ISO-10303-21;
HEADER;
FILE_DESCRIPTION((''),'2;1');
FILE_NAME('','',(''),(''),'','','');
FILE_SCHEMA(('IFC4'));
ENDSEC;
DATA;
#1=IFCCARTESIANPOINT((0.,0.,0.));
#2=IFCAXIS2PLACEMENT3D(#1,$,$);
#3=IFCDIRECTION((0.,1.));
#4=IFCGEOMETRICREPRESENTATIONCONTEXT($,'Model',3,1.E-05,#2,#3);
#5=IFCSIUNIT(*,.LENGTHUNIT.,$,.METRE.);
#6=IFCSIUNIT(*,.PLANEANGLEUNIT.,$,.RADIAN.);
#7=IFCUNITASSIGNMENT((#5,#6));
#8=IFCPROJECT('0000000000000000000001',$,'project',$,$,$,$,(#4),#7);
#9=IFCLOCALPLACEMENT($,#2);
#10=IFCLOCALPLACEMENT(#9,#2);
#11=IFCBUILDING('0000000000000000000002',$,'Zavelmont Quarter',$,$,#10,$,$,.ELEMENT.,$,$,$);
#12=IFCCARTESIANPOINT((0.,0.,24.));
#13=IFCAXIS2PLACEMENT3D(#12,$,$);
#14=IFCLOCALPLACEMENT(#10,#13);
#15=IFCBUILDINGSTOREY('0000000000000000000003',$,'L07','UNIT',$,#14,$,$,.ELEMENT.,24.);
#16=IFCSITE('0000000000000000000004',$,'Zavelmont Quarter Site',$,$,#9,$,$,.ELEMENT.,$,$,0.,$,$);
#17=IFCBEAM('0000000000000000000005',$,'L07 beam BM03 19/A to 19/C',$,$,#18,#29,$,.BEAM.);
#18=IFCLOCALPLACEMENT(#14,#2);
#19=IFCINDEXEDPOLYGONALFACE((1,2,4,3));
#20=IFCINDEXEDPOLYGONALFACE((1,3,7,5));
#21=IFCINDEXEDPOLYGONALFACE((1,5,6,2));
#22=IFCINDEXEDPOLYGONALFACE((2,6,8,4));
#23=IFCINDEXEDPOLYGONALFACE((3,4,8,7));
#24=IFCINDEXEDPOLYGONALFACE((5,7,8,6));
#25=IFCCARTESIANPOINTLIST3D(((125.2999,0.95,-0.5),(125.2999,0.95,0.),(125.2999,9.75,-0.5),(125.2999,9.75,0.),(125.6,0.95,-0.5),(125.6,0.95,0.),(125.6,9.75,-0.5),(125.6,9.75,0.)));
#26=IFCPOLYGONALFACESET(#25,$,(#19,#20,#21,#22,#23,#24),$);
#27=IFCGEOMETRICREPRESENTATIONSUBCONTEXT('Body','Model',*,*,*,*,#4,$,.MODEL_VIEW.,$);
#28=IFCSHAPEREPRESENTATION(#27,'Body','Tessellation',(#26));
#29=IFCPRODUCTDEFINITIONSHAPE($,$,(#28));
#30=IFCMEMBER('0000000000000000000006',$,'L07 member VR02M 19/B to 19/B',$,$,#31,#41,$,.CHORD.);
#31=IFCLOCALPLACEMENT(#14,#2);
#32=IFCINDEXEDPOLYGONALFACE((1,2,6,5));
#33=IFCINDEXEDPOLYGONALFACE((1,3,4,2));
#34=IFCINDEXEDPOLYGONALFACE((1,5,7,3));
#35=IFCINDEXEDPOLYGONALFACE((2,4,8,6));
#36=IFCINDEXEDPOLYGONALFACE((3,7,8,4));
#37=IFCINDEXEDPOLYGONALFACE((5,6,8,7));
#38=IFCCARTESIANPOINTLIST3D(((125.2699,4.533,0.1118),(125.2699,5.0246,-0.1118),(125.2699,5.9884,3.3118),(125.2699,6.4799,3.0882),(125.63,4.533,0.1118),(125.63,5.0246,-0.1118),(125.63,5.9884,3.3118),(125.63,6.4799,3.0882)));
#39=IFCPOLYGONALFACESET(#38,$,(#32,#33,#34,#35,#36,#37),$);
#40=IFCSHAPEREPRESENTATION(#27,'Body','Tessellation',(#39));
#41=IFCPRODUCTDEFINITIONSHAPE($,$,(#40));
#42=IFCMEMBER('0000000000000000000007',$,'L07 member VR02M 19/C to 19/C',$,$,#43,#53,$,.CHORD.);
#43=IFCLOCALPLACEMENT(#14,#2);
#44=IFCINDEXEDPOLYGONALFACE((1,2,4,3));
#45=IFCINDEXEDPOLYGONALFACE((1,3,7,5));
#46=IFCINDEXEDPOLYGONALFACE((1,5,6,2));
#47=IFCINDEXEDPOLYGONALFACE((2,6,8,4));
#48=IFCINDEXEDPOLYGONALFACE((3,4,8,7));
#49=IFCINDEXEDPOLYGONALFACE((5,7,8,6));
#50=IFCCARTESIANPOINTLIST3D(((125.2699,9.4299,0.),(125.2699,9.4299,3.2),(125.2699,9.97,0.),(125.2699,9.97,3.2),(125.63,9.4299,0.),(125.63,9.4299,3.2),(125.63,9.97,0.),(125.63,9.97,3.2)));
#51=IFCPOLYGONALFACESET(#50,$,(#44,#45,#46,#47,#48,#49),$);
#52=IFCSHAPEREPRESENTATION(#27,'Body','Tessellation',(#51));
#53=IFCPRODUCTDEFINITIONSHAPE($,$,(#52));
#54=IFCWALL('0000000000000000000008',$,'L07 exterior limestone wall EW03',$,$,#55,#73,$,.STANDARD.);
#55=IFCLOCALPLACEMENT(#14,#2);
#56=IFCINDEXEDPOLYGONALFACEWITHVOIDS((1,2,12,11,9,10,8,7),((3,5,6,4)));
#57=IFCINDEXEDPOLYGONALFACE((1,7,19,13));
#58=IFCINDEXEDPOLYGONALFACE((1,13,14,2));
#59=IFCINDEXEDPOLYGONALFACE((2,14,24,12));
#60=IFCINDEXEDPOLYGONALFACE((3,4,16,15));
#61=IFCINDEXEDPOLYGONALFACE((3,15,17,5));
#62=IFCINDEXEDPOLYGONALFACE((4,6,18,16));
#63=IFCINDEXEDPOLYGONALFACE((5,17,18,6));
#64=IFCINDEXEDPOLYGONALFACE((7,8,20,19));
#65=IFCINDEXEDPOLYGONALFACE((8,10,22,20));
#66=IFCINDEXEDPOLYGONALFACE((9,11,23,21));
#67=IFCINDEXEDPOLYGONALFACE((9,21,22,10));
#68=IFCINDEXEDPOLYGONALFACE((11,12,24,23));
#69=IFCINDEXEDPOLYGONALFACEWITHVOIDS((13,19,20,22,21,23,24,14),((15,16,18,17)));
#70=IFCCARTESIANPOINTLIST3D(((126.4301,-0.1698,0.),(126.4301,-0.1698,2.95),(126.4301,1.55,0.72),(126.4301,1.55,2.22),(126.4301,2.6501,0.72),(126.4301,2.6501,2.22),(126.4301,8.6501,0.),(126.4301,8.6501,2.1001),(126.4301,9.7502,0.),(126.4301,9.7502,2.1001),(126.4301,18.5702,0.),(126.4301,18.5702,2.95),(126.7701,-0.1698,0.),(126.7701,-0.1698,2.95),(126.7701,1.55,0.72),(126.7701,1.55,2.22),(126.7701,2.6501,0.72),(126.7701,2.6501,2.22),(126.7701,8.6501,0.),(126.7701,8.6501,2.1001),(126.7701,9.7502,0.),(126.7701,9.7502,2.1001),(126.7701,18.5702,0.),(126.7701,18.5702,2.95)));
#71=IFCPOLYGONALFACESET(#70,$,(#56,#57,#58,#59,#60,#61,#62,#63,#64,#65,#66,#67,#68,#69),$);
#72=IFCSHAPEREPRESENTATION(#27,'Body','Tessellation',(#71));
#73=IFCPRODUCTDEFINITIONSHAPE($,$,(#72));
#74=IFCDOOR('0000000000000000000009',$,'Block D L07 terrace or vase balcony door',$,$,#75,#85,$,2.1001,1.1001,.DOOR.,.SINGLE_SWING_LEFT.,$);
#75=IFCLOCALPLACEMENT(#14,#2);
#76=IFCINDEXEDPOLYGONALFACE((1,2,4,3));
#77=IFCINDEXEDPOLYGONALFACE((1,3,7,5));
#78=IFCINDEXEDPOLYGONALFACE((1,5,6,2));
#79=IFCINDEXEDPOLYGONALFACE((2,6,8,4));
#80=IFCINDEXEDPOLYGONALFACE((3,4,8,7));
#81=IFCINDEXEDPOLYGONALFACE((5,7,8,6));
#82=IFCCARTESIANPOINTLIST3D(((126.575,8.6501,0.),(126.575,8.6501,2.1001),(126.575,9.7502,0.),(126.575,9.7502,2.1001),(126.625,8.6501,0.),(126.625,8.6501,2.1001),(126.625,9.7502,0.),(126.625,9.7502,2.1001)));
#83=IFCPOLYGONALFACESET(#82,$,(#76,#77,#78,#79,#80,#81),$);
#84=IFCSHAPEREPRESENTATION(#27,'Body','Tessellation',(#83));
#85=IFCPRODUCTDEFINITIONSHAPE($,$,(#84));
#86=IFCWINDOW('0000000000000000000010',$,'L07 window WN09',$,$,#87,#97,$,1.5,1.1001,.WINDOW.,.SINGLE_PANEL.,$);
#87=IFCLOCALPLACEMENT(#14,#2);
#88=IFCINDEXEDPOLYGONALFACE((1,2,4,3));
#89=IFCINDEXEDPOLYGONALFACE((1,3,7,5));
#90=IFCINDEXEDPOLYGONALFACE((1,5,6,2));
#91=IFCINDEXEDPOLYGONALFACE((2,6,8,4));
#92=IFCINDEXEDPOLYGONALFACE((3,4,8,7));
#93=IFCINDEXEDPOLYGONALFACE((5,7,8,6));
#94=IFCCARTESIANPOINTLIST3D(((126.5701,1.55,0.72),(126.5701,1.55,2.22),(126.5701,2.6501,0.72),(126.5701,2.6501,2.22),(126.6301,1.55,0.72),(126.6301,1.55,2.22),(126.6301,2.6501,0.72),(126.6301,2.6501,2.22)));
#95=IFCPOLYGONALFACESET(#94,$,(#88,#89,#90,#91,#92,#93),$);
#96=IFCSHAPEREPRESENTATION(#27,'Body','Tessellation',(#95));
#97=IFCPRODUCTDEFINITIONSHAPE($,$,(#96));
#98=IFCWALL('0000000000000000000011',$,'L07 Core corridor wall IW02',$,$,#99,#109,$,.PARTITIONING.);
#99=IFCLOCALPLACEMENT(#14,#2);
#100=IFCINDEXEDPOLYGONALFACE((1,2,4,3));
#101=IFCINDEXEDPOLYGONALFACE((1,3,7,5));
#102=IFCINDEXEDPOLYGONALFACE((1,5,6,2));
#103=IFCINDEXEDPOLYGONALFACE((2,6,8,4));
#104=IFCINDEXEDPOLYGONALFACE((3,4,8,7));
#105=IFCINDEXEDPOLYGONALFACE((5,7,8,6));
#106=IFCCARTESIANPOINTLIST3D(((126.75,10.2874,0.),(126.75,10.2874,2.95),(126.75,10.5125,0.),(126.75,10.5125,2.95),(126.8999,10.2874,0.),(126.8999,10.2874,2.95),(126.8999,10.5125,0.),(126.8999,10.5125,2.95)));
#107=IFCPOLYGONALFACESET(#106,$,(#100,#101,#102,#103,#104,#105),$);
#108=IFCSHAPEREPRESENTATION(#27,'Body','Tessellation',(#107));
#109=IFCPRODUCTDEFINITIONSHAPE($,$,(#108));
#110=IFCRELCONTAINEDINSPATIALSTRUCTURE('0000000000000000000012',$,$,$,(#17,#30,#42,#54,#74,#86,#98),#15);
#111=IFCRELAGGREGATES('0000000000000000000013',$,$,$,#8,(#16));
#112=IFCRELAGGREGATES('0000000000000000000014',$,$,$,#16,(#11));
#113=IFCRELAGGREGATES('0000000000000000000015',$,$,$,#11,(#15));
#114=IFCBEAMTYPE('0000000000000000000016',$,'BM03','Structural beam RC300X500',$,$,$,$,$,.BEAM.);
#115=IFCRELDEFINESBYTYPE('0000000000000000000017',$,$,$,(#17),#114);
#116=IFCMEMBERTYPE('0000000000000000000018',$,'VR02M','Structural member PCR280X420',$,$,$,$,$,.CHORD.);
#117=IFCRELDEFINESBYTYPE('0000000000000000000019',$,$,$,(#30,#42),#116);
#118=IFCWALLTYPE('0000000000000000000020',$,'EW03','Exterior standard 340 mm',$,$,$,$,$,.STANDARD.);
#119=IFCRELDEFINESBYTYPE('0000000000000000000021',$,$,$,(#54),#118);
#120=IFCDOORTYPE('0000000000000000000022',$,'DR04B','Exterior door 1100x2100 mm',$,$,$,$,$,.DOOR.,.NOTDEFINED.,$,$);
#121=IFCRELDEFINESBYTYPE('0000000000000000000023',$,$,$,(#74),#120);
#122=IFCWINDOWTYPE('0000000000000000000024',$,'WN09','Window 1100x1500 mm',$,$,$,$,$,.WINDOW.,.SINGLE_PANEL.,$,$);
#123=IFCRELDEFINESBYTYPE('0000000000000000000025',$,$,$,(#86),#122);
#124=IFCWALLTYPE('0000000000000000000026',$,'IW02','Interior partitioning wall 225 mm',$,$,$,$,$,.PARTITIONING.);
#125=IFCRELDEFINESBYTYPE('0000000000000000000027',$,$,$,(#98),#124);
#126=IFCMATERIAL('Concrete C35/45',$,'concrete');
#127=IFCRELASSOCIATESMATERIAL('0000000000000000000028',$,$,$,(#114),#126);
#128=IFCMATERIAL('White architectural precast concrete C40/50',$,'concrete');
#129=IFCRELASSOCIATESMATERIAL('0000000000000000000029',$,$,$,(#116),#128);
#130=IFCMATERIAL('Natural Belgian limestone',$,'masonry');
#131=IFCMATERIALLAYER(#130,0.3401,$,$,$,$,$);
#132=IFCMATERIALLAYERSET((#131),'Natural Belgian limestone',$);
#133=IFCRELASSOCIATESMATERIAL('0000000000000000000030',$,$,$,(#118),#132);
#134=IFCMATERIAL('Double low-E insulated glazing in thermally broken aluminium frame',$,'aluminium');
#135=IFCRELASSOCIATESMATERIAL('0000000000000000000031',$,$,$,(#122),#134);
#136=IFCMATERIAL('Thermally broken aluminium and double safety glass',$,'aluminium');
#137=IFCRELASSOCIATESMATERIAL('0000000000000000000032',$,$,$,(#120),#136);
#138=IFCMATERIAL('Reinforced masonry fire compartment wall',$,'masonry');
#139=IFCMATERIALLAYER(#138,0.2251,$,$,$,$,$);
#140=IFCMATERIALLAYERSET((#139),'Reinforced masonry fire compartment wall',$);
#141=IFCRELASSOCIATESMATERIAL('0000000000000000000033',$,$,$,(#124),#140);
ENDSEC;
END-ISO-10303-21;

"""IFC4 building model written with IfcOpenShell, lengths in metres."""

from ifc_helpers import new_model, si_unit, direction, frame, frame_2d, origin, origin_with_axes, origin_2d, place, context, subcontext, project, spatial, rectangle, extrude, material, layer, layer_set, material_profile, profile_set, type_object, element, fill, save


model = new_model("IFC4")

# Units and contexts
model_context = context("Model", 3, precision=1e-05, world=origin(), true_north=direction((0.0, 1.0)))
body_context = subcontext(model_context, "Body", "Model", "MODEL_VIEW")
ifc_project = project(units=[si_unit("LENGTHUNIT", "METRE"), si_unit("PLANEANGLEUNIT", "RADIAN")], contexts=[model_context])

# Site, building, storey
site_placement = place(None, origin())
site = spatial("IfcSite", under=ifc_project, at=site_placement, Name="Zavelmont Quarter Site", CompositionType="ELEMENT", RefElevation=0.0)
building_placement = place(site_placement, origin())
building = spatial("IfcBuilding", under=site, at=building_placement, Name="Zavelmont Quarter", CompositionType="ELEMENT")
storey_placement = place(building_placement, frame((0.0, 0.0, 24.0)))
storey = spatial("IfcBuildingStorey", under=building, at=storey_placement, Name="L07", Description="UNIT", CompositionType="ELEMENT", Elevation=24.0)

# Beam
ifc_material_1 = material(Name="Concrete C35/45", Category="concrete")
ifc_material_profile_1 = material_profile(ifc_material_1, rectangle(XDim=0.3, YDim=0.5, at=origin_2d()), Name="RC300X500")
ifc_profile_set_1 = profile_set([ifc_material_profile_1], Name="Concrete C35/45")
beam_type = type_object("IfcBeamType", Name="BM03", Description="Structural beam RC300X500", PredefinedType="BEAM", material=ifc_profile_set_1)
beam_placement = place(storey_placement, frame((125.45, 0.95, -0.25), z_axis=(0.0, 1.0, 0.0), x_axis=(-1.0, 0.0, 0.0)))
element("IfcBeam", 1, at=beam_placement, inside=storey, type_object=beam_type, Name="L07 beam BM03 19/A to 19/C", PredefinedType="BEAM", context=body_context, shape_type="SweptSolid", body=[
    extrude(rectangle(XDim=0.3, YDim=0.5, at=origin_2d()), origin(), (0.0, 0.0, 1.0), 8.8),
])

# Members
ifc_material_2 = material(Name="White architectural precast concrete C40/50", Category="concrete")
ifc_material_profile_2 = material_profile(ifc_material_2, rectangle(XDim=0.3601, YDim=0.54, at=origin_2d()), Name="PCR280X420")
ifc_profile_set_2 = profile_set([ifc_material_profile_2], Name="White architectural precast concrete C40/50")
member_type = type_object("IfcMemberType", Name="VR02M", Description="Structural member PCR280X420", PredefinedType="CHORD", material=ifc_profile_set_2)
member_1_placement = place(storey_placement, frame((125.45, 4.7788, 0.0), z_axis=(0.0, 0.413991, 0.910281), x_axis=(-1.0, 0.0, 0.0)))
element("IfcMember", 2, at=member_1_placement, inside=storey, type_object=member_type, Name="L07 member VR02M 19/B to 19/B", PredefinedType="CHORD", context=body_context, shape_type="SweptSolid", body=[
    extrude(rectangle(XDim=0.3601, YDim=0.54, at=origin_2d()), origin(), (0.0, 0.0, 1.0), 3.5154),
])
member_2_placement = place(storey_placement, frame((125.45, 9.7, 0.0), z_axis=(0.0, 0.0, 1.0), x_axis=(1.0, 0.0, 0.0)))
element("IfcMember", 3, at=member_2_placement, inside=storey, type_object=member_type, Name="L07 member VR02M 19/C to 19/C", PredefinedType="CHORD", context=body_context, shape_type="SweptSolid", body=[
    extrude(rectangle(XDim=0.3601, YDim=0.54, at=origin_2d()), origin(), (0.0, 0.0, 1.0), 3.2),
])

# Shared definitions
ifc_material_3 = material(Name="Natural Belgian limestone", Category="masonry")
ifc_layer_1 = layer(ifc_material_3, 0.3401)
ifc_layer_set_1 = layer_set([ifc_layer_1], Name="Natural Belgian limestone")
wall_type_1 = type_object("IfcWallType", Name="EW03", Description="Exterior standard 340 mm", PredefinedType="STANDARD", material=ifc_layer_set_1)
ifc_material_4 = material(Name="Thermally broken aluminium and double safety glass", Category="aluminium")
ifc_material_5 = material(Name="Double low-E insulated glazing in thermally broken aluminium frame", Category="aluminium")
window_type_1 = type_object("IfcWindowType", Name="WN09", Description="Window 1100x1500 mm", PartitioningType="SINGLE_PANEL", PredefinedType="WINDOW", material=ifc_material_5)

# Wall, openings, door, window
wall_1_placement = place(storey_placement, frame((126.6001, -0.1699, 0.0), z_axis=(0.0, 0.0, 1.0), x_axis=(0.0, 1.0, 0.0)))
wall_1 = element("IfcWall", 4, at=wall_1_placement, inside=storey, type_object=wall_type_1, Name="L07 exterior limestone wall EW03", PredefinedType="STANDARD", context=body_context, shape_type="SweptSolid", body=[
    extrude(rectangle(XDim=18.74, YDim=0.3401, at=frame_2d((9.3701, 0.0))), origin(), (0.0, 0.0, 1.0), 2.95),
])
opening_1_placement = place(wall_1_placement, frame((8.8201, 0.0, 0.0)))
opening_1 = element("IfcOpeningElement", 5, at=opening_1_placement, cuts=wall_1, PredefinedType="OPENING", context=body_context, shape_type="SweptSolid", body=[
    extrude(rectangle(XDim=1.1001, YDim=2.1001, at=frame_2d((0.55, 1.05))), frame((0.0, 0.1821, 0.0), z_axis=(0.0, -1.0, 0.0), x_axis=(1.0, 0.0, 0.0)), (0.0, 0.0, 1.0), 0.364),
])
opening_2_placement = place(wall_1_placement, frame((1.72, 0.0, 0.72)))
opening_2 = element("IfcOpeningElement", 6, at=opening_2_placement, cuts=wall_1, PredefinedType="OPENING", context=body_context, shape_type="SweptSolid", body=[
    extrude(rectangle(XDim=1.1001, YDim=1.5, at=frame_2d((0.55, 0.75))), frame((0.0, 0.1821, 0.0), z_axis=(0.0, -1.0, 0.0), x_axis=(1.0, 0.0, 0.0)), (0.0, 0.0, 1.0), 0.364),
])
door_type_1 = type_object("IfcDoorType", Name="DR04B", Description="Exterior door 1100x2100 mm", OperationType="NOTDEFINED", PredefinedType="DOOR", material=ifc_material_4)
door_1_placement = place(opening_1_placement, frame((1.1001, 0.0, 0.0), z_axis=(0.0, 0.0, 1.0), x_axis=(-1.0, 0.0, 0.0)))
door_1 = element("IfcDoor", 7, at=door_1_placement, inside=storey, type_object=door_type_1, Name="Block D L07 terrace or vase balcony door", OperationType="SINGLE_SWING_LEFT", OverallHeight=2.1001, OverallWidth=1.1001, PredefinedType="DOOR", context=body_context, shape_type="SweptSolid", body=[
    extrude(rectangle(XDim=1.1001, YDim=2.1001, at=frame_2d((0.55, 1.05))), frame((0.0, 0.0249, 0.0), z_axis=(0.0, -1.0, 0.0), x_axis=(1.0, 0.0, 0.0)), (0.0, 0.0, 1.0), 0.05),
])
fill(opening_1, door_1)
window_1_placement = place(opening_2_placement, origin_with_axes())
window_1 = element("IfcWindow", 8, at=window_1_placement, inside=storey, type_object=window_type_1, Name="L07 window WN09", OverallHeight=1.5, OverallWidth=1.1001, PartitioningType="SINGLE_PANEL", PredefinedType="WINDOW", context=body_context, shape_type="SweptSolid", body=[
    extrude(rectangle(XDim=1.1001, YDim=1.5, at=frame_2d((0.55, 0.75))), frame((0.0, 0.03, 0.0), z_axis=(0.0, -1.0, 0.0), x_axis=(1.0, 0.0, 0.0)), (0.0, 0.0, 1.0), 0.0601),
])
fill(opening_2, window_1)

# Wall
ifc_material_6 = material(Name="Reinforced masonry fire compartment wall", Category="masonry")
ifc_layer_2 = layer(ifc_material_6, 0.2251)
ifc_layer_set_2 = layer_set([ifc_layer_2], Name="Reinforced masonry fire compartment wall")
wall_type_2 = type_object("IfcWallType", Name="IW02", Description="Interior partitioning wall 225 mm", PredefinedType="PARTITIONING", material=ifc_layer_set_2)
wall_2_placement = place(storey_placement, frame((126.75, 10.3999, 0.0), z_axis=(0.0, 0.0, 1.0), x_axis=(1.0, 0.0, 0.0)))
element("IfcWall", 9, at=wall_2_placement, inside=storey, type_object=wall_type_2, Name="L07 Core corridor wall IW02", PredefinedType="PARTITIONING", context=body_context, shape_type="SweptSolid", body=[
    extrude(rectangle(XDim=0.1499, YDim=0.2251, at=frame_2d((0.075, 0.0))), origin(), (0.0, 0.0, 1.0), 2.95),
])

save(model, "model.ifc")
